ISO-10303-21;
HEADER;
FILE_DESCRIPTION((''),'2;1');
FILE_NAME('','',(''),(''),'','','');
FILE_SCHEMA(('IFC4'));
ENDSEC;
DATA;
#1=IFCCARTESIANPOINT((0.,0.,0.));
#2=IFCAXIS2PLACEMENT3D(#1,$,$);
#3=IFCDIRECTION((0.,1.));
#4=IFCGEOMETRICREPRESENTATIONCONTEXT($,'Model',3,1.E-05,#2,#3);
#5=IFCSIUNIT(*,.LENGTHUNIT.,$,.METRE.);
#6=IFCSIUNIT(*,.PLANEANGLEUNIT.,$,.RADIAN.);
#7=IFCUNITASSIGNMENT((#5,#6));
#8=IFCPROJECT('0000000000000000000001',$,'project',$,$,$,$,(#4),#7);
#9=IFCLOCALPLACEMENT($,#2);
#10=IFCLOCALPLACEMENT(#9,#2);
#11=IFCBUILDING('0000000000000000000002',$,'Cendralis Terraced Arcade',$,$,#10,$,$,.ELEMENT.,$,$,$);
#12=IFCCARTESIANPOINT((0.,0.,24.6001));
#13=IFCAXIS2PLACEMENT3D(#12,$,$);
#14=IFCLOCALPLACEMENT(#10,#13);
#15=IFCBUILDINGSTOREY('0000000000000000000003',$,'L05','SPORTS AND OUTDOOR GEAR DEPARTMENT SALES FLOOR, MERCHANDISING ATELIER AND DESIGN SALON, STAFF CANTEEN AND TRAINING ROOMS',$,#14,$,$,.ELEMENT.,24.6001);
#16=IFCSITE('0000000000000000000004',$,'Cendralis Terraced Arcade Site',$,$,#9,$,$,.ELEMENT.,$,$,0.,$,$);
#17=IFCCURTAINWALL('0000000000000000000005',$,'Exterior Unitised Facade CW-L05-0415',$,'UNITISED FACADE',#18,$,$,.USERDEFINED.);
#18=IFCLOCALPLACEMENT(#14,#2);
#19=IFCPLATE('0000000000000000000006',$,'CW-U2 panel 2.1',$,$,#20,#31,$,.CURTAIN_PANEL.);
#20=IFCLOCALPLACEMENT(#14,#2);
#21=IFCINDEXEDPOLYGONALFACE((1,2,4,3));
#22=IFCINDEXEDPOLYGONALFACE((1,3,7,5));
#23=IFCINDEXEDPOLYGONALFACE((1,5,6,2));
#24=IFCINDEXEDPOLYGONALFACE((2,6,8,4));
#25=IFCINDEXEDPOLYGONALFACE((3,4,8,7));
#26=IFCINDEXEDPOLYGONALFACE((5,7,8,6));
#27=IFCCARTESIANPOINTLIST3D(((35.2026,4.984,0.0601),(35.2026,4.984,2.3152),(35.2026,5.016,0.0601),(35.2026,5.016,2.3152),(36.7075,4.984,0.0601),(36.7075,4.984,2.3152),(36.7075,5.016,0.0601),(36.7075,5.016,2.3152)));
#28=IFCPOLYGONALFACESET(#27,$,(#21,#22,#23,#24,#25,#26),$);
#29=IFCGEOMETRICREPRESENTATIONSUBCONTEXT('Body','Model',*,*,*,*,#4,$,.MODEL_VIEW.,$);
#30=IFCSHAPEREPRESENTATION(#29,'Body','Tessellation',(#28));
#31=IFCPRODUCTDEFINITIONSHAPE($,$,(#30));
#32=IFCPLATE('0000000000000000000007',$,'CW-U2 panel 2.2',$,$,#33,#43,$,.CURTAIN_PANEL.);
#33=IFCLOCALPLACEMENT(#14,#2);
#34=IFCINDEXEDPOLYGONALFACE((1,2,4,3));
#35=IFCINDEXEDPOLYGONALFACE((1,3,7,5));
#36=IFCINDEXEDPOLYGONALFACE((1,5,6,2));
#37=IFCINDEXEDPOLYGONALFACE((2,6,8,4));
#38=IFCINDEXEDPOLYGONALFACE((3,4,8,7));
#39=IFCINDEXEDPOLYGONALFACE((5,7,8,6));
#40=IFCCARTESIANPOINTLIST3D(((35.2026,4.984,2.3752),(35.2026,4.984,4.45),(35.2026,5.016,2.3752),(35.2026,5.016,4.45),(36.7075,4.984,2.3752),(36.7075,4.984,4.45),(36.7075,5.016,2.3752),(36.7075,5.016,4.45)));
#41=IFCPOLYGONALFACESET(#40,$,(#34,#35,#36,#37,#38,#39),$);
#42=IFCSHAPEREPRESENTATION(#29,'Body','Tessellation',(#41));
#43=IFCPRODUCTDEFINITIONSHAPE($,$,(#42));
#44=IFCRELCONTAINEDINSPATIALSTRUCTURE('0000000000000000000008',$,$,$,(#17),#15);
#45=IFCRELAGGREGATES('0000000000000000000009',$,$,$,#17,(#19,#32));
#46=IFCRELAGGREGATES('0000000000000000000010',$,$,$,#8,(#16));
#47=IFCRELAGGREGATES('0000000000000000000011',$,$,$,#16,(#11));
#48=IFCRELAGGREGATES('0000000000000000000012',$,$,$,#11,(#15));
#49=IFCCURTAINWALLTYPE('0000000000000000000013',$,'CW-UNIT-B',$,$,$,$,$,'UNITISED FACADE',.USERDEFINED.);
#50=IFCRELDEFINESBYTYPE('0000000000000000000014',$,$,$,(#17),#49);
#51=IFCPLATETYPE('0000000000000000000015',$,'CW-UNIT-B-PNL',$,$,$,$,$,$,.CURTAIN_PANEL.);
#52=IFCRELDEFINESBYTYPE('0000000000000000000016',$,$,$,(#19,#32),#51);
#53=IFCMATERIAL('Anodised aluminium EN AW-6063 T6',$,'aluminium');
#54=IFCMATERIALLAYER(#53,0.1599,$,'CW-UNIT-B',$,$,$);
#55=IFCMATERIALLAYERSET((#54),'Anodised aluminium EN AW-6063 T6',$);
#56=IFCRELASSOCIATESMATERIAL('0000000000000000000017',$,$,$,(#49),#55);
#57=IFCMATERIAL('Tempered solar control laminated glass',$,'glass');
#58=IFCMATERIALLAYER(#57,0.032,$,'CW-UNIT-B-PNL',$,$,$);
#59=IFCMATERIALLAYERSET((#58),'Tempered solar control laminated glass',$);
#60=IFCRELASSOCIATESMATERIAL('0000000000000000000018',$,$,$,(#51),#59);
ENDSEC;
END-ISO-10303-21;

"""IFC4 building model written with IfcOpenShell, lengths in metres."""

from ifc_helpers import new_model, si_unit, direction, frame, origin, origin_2d, place, context, subcontext, project, spatial, rectangle, extrude, material, layer, layer_set, type_object, element, aggregate, save


model = new_model("IFC4")

# Units and contexts
model_context = context("Model", 3, precision=1e-05, world=origin(), true_north=direction((0.0, 1.0)))
body_context = subcontext(model_context, "Body", "Model", "MODEL_VIEW")
ifc_project = project(units=[si_unit("LENGTHUNIT", "METRE"), si_unit("PLANEANGLEUNIT", "RADIAN")], contexts=[model_context])

# Site, building, storey
site_placement = place(None, origin())
site = spatial("IfcSite", under=ifc_project, at=site_placement, Name="Cendralis Terraced Arcade Site", CompositionType="ELEMENT", RefElevation=0.0)
building_placement = place(site_placement, origin())
building = spatial("IfcBuilding", under=site, at=building_placement, Name="Cendralis Terraced Arcade", CompositionType="ELEMENT")
storey_placement = place(building_placement, frame((0.0, 0.0, 24.6001)))
storey = spatial("IfcBuildingStorey", under=building, at=storey_placement, Name="L05", Description="SPORTS AND OUTDOOR GEAR DEPARTMENT SALES FLOOR, MERCHANDISING ATELIER AND DESIGN SALON, STAFF CANTEEN AND TRAINING ROOMS", CompositionType="ELEMENT", Elevation=24.6001)

# Curtain wall
ifc_material_1 = material(Name="Anodised aluminium EN AW-6063 T6", Category="aluminium")
ifc_layer_1 = layer(ifc_material_1, 0.1599, Name="CW-UNIT-B")
ifc_layer_set_1 = layer_set([ifc_layer_1], Name="Anodised aluminium EN AW-6063 T6")
curtain_wall_type = type_object("IfcCurtainWallType", Name="CW-UNIT-B", ElementType="UNITISED FACADE", PredefinedType="USERDEFINED", material=ifc_layer_set_1)
curtain_wall_1_placement = place(storey_placement, origin())
curtain_wall_1 = element("IfcCurtainWall", 1, at=curtain_wall_1_placement, inside=storey, type_object=curtain_wall_type, Name="Exterior Unitised Facade CW-L05-0415", ObjectType="UNITISED FACADE", PredefinedType="USERDEFINED")

# Plates
ifc_material_2 = material(Name="Tempered solar control laminated glass", Category="glass")
ifc_layer_2 = layer(ifc_material_2, 0.032, Name="CW-UNIT-B-PNL")
ifc_layer_set_2 = layer_set([ifc_layer_2], Name="Tempered solar control laminated glass")
plate_type = type_object("IfcPlateType", Name="CW-UNIT-B-PNL", PredefinedType="CURTAIN_PANEL", material=ifc_layer_set_2)
plate_1_placement = place(storey_placement, frame((35.9551, 5.0, 0.0601), z_axis=(0.0, 0.0, 1.0), x_axis=(-1.0, 0.0, 0.0)))
plate_1 = element("IfcPlate", 2, at=plate_1_placement, type_object=plate_type, Name="CW-U2 panel 2.1", PredefinedType="CURTAIN_PANEL", context=body_context, shape_type="SweptSolid", body=[
    extrude(rectangle(XDim=1.5049, YDim=0.032, at=origin_2d()), origin(), (0.0, 0.0, 1.0), 2.2551),
])
plate_2_placement = place(storey_placement, frame((35.9551, 5.0, 2.3752), z_axis=(0.0, 0.0, 1.0), x_axis=(-1.0, 0.0, 0.0)))
plate_2 = element("IfcPlate", 3, at=plate_2_placement, type_object=plate_type, Name="CW-U2 panel 2.2", PredefinedType="CURTAIN_PANEL", context=body_context, shape_type="SweptSolid", body=[
    extrude(rectangle(XDim=1.5049, YDim=0.032, at=origin_2d()), origin(), (0.0, 0.0, 1.0), 2.0747),
])
aggregate(curtain_wall_1, [plate_1, plate_2])

save(model, "model.ifc")
